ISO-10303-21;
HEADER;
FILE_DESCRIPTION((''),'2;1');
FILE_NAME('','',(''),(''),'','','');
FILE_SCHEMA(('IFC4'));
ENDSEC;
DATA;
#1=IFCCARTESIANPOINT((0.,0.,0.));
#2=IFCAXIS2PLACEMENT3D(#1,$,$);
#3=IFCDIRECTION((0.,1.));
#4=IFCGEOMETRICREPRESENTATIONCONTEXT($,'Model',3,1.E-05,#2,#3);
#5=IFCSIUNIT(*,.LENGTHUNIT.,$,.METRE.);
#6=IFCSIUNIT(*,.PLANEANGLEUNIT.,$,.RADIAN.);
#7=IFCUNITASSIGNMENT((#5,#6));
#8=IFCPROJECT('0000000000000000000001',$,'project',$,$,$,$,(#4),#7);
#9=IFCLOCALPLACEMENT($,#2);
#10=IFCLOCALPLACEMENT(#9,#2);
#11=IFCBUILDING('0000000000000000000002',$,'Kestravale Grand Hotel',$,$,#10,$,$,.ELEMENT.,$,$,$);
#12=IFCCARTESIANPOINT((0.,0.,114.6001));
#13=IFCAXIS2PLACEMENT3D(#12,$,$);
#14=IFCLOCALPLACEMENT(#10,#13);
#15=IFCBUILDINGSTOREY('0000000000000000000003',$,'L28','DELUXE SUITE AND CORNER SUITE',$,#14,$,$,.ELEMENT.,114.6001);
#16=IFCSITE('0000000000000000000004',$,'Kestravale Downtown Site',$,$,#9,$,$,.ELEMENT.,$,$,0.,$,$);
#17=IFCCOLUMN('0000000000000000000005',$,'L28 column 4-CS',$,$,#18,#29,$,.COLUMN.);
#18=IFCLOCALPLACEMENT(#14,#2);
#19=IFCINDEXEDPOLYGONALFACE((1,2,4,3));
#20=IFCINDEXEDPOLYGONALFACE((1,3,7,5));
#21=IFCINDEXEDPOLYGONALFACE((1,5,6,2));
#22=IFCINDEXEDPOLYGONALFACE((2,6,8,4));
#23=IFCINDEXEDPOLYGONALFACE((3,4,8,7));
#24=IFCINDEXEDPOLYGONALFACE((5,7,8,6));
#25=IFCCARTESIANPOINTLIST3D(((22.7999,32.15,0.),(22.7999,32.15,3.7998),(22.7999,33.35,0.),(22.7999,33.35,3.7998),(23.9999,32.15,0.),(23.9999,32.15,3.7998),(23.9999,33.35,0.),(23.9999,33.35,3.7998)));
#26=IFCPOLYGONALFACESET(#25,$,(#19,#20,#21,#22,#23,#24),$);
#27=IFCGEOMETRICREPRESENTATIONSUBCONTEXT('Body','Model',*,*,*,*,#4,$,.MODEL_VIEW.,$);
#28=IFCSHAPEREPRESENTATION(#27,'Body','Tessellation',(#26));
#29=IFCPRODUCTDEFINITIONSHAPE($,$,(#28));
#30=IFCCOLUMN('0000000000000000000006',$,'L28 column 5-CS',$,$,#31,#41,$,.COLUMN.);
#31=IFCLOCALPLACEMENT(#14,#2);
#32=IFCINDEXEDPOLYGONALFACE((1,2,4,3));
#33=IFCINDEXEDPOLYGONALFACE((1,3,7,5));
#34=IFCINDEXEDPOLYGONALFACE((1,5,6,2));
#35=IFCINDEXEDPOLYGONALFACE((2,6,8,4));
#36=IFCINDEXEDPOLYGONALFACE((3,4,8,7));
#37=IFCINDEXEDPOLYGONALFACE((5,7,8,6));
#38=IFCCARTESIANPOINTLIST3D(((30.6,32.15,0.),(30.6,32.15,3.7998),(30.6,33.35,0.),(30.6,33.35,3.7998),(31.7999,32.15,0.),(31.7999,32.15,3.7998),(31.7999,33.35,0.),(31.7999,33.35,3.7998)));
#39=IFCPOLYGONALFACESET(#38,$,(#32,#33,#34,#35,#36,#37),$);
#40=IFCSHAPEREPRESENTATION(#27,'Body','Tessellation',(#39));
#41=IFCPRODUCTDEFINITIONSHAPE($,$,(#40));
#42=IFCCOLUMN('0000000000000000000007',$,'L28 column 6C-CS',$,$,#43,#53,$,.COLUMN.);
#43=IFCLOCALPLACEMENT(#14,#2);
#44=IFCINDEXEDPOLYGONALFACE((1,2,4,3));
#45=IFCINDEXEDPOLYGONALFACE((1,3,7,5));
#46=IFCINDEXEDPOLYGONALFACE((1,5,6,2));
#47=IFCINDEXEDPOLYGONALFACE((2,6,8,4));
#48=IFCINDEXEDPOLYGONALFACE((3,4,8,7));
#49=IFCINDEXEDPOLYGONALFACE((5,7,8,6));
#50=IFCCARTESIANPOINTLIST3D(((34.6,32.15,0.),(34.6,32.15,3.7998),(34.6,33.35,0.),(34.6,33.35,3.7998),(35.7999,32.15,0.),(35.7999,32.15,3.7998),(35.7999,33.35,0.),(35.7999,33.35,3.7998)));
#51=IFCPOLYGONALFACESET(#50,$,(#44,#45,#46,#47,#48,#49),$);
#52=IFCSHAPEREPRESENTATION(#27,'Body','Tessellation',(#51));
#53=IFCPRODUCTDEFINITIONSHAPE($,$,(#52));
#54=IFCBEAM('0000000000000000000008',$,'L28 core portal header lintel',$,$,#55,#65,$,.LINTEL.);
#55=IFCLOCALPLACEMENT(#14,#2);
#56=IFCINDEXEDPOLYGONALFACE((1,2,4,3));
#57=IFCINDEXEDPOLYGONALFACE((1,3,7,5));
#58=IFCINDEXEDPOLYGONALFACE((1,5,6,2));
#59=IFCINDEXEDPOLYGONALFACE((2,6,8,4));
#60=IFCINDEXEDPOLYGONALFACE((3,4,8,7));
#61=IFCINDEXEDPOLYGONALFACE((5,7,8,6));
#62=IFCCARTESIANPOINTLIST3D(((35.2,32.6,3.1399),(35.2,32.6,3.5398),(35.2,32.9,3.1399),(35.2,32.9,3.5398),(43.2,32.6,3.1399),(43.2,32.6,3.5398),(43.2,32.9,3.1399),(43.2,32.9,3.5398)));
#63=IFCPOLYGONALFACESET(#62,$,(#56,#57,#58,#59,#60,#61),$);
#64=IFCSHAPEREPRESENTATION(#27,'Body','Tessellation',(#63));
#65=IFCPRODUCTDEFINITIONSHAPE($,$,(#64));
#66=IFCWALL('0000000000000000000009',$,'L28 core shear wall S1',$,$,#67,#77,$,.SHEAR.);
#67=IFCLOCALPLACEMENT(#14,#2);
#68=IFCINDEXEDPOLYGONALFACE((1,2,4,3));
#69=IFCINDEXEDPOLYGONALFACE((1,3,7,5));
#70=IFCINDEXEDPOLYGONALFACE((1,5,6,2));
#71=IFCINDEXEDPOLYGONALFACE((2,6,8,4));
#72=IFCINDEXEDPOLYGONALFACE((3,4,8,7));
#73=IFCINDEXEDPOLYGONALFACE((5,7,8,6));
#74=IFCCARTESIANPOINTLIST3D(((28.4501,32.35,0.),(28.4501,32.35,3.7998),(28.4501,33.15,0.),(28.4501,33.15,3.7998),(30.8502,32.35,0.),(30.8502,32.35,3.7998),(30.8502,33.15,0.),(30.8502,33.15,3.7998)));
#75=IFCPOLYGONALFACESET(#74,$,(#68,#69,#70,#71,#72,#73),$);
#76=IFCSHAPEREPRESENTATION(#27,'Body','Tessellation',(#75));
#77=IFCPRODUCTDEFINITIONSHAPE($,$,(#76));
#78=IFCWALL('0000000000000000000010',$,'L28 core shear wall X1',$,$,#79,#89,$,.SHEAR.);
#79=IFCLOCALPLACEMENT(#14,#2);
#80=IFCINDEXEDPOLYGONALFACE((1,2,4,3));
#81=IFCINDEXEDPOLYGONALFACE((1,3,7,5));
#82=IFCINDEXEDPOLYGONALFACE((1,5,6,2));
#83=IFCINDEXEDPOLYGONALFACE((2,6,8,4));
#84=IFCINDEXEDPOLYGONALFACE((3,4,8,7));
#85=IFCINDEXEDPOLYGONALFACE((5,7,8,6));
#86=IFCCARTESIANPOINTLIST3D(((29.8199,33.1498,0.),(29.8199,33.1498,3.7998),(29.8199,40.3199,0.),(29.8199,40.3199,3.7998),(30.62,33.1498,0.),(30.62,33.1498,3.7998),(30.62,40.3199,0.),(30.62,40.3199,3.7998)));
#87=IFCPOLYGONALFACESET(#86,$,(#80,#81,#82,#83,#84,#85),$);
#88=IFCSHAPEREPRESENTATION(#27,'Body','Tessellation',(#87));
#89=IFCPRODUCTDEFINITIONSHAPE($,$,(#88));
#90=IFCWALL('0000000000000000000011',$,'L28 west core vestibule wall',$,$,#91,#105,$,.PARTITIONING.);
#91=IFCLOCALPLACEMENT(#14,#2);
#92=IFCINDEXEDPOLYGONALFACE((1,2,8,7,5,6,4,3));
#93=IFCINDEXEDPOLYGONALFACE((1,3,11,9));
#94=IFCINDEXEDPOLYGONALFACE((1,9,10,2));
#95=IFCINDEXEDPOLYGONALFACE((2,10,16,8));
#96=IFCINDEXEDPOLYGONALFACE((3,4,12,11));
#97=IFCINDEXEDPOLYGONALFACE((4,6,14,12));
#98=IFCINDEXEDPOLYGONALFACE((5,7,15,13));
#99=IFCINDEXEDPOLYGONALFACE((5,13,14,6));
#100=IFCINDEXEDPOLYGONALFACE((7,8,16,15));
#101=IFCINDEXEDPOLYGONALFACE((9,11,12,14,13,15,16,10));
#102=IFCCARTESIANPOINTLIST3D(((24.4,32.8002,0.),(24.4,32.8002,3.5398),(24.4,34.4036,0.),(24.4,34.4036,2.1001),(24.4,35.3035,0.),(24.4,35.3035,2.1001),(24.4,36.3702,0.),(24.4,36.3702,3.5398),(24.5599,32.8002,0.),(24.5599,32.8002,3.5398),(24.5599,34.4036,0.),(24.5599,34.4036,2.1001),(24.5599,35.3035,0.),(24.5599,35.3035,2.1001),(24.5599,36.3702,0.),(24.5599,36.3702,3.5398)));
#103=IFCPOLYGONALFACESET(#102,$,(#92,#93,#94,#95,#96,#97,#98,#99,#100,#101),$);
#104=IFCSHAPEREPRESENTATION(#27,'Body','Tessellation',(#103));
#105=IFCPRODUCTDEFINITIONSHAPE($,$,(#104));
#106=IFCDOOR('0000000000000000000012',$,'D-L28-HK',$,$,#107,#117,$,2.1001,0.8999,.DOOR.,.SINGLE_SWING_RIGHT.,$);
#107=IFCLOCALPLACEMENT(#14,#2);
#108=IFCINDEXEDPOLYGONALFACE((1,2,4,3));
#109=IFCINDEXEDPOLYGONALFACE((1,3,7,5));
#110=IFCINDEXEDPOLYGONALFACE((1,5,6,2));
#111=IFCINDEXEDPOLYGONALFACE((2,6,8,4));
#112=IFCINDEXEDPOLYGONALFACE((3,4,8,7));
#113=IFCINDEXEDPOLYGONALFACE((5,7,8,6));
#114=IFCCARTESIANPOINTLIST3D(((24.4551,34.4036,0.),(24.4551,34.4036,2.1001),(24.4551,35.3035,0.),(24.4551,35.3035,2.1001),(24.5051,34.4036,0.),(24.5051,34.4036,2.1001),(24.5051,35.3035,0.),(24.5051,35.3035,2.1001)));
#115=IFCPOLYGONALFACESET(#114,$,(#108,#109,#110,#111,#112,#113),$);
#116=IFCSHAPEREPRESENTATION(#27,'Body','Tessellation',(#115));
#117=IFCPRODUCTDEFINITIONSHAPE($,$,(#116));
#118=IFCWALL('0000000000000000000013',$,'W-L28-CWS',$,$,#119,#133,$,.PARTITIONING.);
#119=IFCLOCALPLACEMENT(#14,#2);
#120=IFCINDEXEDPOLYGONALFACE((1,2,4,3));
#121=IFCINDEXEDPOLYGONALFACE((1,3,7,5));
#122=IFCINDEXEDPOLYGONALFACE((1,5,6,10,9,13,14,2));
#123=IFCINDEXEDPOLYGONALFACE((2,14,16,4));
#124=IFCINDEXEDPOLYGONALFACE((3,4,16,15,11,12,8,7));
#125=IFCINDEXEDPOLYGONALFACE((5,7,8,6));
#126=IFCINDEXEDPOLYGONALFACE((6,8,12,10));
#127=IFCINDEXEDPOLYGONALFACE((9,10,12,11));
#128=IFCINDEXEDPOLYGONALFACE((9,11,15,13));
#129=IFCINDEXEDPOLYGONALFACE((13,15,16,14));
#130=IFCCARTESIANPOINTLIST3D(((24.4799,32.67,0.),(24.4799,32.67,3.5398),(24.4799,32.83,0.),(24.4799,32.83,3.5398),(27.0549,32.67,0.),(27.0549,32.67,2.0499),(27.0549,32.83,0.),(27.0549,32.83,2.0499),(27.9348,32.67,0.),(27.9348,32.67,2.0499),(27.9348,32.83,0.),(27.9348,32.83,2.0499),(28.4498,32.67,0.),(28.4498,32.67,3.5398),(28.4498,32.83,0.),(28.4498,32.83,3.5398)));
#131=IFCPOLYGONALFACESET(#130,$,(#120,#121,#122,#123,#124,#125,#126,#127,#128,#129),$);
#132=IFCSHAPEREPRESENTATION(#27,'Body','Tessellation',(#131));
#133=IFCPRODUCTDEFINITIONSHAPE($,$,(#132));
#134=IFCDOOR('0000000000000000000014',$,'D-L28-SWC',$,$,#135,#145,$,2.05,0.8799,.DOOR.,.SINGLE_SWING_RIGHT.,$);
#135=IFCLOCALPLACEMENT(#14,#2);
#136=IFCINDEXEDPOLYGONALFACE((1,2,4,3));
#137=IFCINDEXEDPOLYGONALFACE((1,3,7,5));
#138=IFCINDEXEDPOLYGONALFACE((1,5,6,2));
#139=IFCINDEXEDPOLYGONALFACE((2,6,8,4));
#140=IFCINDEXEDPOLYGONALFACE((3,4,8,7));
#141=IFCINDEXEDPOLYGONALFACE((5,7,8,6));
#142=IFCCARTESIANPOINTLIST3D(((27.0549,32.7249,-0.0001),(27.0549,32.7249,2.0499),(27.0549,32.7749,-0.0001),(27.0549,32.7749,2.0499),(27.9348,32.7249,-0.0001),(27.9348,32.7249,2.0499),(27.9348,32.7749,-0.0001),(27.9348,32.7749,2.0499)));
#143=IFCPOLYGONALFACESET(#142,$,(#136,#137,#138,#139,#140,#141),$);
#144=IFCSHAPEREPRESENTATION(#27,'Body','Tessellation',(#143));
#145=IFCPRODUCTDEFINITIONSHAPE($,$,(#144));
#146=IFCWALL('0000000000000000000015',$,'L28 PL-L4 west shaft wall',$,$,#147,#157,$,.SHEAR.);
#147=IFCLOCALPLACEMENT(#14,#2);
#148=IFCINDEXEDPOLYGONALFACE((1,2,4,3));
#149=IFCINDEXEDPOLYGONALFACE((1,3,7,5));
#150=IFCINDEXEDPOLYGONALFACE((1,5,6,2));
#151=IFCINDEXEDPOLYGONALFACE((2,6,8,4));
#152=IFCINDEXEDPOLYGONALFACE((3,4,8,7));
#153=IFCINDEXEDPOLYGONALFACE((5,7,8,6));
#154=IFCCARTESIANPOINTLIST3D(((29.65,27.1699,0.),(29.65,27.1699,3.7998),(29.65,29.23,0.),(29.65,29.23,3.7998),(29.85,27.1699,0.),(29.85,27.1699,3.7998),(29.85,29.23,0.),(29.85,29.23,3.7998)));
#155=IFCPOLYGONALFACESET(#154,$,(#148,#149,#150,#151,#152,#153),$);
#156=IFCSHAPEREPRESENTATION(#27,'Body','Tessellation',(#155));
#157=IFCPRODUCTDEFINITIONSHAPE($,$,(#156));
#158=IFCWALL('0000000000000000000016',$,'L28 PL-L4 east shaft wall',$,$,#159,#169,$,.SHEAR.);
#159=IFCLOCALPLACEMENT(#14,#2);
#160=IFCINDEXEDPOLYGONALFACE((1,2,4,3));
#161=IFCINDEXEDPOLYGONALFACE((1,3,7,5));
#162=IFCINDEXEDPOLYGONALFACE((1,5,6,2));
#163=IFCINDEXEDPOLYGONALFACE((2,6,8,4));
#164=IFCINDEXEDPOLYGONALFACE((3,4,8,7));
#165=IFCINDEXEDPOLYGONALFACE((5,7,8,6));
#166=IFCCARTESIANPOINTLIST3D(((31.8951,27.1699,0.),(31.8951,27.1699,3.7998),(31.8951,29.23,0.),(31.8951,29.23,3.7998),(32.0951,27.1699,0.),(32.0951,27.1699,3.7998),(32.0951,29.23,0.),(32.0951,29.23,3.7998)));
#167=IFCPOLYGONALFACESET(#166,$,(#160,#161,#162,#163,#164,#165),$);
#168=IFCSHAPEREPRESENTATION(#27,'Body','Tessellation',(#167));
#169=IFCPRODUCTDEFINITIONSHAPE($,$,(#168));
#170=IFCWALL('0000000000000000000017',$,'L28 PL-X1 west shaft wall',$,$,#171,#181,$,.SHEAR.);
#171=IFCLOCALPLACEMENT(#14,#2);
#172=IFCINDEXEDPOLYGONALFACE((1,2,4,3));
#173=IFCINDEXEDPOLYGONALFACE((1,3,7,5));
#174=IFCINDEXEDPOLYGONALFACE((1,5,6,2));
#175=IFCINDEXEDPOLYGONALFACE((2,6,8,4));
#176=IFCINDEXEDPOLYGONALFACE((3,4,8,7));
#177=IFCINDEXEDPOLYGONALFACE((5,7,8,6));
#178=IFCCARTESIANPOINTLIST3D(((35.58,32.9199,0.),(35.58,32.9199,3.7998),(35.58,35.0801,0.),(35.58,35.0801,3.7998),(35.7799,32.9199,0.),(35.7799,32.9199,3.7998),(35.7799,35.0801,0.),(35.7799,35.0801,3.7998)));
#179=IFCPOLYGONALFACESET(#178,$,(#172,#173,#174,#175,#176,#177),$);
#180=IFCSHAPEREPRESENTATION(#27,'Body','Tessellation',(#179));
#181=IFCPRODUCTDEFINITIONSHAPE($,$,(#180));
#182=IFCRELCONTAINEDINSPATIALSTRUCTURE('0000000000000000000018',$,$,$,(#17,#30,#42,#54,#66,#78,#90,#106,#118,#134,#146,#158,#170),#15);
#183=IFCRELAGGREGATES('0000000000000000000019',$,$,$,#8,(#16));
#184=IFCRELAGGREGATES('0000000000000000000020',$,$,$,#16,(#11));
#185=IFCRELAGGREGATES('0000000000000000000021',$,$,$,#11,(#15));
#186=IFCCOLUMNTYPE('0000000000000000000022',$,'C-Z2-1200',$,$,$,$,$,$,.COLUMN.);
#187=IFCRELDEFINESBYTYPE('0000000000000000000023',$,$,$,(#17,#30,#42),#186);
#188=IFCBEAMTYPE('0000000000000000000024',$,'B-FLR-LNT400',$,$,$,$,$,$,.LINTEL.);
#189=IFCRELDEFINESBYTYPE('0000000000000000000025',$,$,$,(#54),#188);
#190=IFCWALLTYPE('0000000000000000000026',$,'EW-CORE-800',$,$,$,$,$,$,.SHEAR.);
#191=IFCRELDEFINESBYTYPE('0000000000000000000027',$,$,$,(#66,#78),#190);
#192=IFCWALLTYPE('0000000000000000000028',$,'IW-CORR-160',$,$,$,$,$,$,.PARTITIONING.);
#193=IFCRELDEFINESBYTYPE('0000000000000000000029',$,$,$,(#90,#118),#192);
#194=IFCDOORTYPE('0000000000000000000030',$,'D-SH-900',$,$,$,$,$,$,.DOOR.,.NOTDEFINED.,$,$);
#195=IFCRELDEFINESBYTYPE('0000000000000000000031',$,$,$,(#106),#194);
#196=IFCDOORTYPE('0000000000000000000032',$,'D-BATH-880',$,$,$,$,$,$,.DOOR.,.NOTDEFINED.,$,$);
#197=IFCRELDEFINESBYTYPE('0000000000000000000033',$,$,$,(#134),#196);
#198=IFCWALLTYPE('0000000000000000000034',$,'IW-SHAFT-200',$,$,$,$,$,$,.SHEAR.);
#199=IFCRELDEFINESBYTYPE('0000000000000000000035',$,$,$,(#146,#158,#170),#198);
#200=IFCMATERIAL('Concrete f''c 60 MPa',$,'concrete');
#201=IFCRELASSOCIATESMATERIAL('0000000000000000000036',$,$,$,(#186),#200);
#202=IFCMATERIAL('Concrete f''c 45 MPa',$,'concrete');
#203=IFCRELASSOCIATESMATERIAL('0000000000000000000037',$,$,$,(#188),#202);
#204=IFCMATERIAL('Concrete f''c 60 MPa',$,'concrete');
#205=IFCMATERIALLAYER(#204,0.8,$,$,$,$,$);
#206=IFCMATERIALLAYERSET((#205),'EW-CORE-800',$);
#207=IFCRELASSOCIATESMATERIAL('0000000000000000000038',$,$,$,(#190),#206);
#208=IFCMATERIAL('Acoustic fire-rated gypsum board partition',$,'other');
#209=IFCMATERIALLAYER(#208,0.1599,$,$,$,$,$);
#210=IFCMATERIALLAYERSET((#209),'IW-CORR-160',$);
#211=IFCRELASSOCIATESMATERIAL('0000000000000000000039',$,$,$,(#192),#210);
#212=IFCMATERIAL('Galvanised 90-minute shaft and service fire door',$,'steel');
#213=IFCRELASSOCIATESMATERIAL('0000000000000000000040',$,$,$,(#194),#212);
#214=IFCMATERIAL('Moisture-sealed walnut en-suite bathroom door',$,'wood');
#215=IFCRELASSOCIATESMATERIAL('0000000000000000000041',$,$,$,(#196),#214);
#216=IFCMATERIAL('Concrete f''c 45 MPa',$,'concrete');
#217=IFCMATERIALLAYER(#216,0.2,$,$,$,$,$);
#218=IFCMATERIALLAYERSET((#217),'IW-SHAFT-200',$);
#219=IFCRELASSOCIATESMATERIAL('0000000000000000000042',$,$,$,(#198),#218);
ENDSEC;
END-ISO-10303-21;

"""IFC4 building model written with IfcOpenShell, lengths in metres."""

from ifc_helpers import new_model, si_unit, direction, frame, frame_2d, origin, origin_2d, place, context, subcontext, project, spatial, rectangle, extrude, material, layer, layer_set, material_profile, profile_set, type_object, element, fill, save


model = new_model("IFC4")

# Units and contexts
model_context = context("Model", 3, precision=1e-05, world=origin(), true_north=direction((0.0, 1.0)))
body_context = subcontext(model_context, "Body", "Model", "MODEL_VIEW")
ifc_project = project(units=[si_unit("LENGTHUNIT", "METRE"), si_unit("PLANEANGLEUNIT", "RADIAN")], contexts=[model_context])

# Site, building, storey
site_placement = place(None, origin())
site = spatial("IfcSite", under=ifc_project, at=site_placement, Name="Kestravale Downtown Site", CompositionType="ELEMENT", RefElevation=0.0)
building_placement = place(site_placement, origin())
building = spatial("IfcBuilding", under=site, at=building_placement, Name="Kestravale Grand Hotel", CompositionType="ELEMENT")
storey_placement = place(building_placement, frame((0.0, 0.0, 114.6001)))
storey = spatial("IfcBuildingStorey", under=building, at=storey_placement, Name="L28", Description="DELUXE SUITE AND CORNER SUITE", CompositionType="ELEMENT", Elevation=114.6001)

# Columns
ifc_material_1 = material(Name="Concrete f'c 60 MPa", Category="concrete")
ifc_material_profile_1 = material_profile(ifc_material_1, rectangle(XDim=1.2, YDim=1.2, at=origin_2d()))
ifc_profile_set_1 = profile_set([ifc_material_profile_1], Name="Concrete f'c 60 MPa")
column_type = type_object("IfcColumnType", Name="C-Z2-1200", PredefinedType="COLUMN", material=ifc_profile_set_1)
for number, where, z_axis, x_axis, name in (
    (1, (23.3999, 32.75, 0.0), (0.0, 0.0, 1.0), (1.0, 0.0, 0.0), "L28 column 4-CS"),
    (2, (31.2, 32.75, 0.0), (0.0, 0.0, 1.0), (1.0, 0.0, 0.0), "L28 column 5-CS"),
    (3, (35.2, 32.75, 0.0), (0.0, 0.0, 1.0), (1.0, 0.0, 0.0), "L28 column 6C-CS"),
):
    element("IfcColumn", number, at=place(storey_placement, frame(where, z_axis=z_axis, x_axis=x_axis)), inside=storey, type_object=column_type, Name=name, PredefinedType="COLUMN", context=body_context, shape_type="SweptSolid", body=[
        extrude(rectangle(XDim=1.2, YDim=1.2, at=origin_2d()), origin(), (0.0, 0.0, 1.0), 3.7998),
    ])

# Beam
ifc_material_2 = material(Name="Concrete f'c 45 MPa", Category="concrete")
ifc_material_profile_2 = material_profile(ifc_material_2, rectangle(XDim=0.3, YDim=0.3999, at=origin_2d()))
ifc_profile_set_2 = profile_set([ifc_material_profile_2], Name="Concrete f'c 45 MPa")
beam_type = type_object("IfcBeamType", Name="B-FLR-LNT400", PredefinedType="LINTEL", material=ifc_profile_set_2)
beam_placement = place(storey_placement, frame((35.2, 32.75, 3.3398), z_axis=(1.0, 0.0, 0.0), x_axis=(0.0, 1.0, 0.0)))
element("IfcBeam", 4, at=beam_placement, inside=storey, type_object=beam_type, Name="L28 core portal header lintel", PredefinedType="LINTEL", context=body_context, shape_type="SweptSolid", body=[
    extrude(rectangle(XDim=0.3, YDim=0.3999, at=origin_2d()), origin(), (0.0, 0.0, 1.0), 8.0),
])

# Walls
ifc_material_3 = material(Name="Concrete f'c 60 MPa", Category="concrete")
ifc_layer_1 = layer(ifc_material_3, 0.8)
ifc_layer_set_1 = layer_set([ifc_layer_1], Name="EW-CORE-800")
wall_type_1 = type_object("IfcWallType", Name="EW-CORE-800", PredefinedType="SHEAR", material=ifc_layer_set_1)
wall_1_placement = place(storey_placement, frame((28.45, 32.75, 0.0), z_axis=(0.0, 0.0, 1.0), x_axis=(1.0, 0.0, 0.0)))
element("IfcWall", 5, at=wall_1_placement, inside=storey, type_object=wall_type_1, Name="L28 core shear wall S1", PredefinedType="SHEAR", context=body_context, shape_type="SweptSolid", body=[
    extrude(rectangle(XDim=2.4001, YDim=0.8, at=frame_2d((1.2002, 0.0))), origin(), (0.0, 0.0, 1.0), 3.7998),
])
wall_2_placement = place(storey_placement, frame((30.22, 33.1499, 0.0), z_axis=(0.0, 0.0, 1.0), x_axis=(0.0, 1.0, 0.0)))
element("IfcWall", 6, at=wall_2_placement, inside=storey, type_object=wall_type_1, Name="L28 core shear wall X1", PredefinedType="SHEAR", context=body_context, shape_type="SweptSolid", body=[
    extrude(rectangle(XDim=7.1702, YDim=0.8, at=frame_2d((3.585, 0.0))), origin(), (0.0, 0.0, 1.0), 3.7998),
])

# Walls, openings, doors
ifc_material_4 = material(Name="Acoustic fire-rated gypsum board partition", Category="other")
ifc_layer_2 = layer(ifc_material_4, 0.1599)
ifc_layer_set_2 = layer_set([ifc_layer_2], Name="IW-CORR-160")
wall_type_2 = type_object("IfcWallType", Name="IW-CORR-160", PredefinedType="PARTITIONING", material=ifc_layer_set_2)
wall_3_placement = place(storey_placement, frame((24.48, 32.8, 0.0), z_axis=(0.0, 0.0, 1.0), x_axis=(0.0, 1.0, 0.0)))
wall_3 = element("IfcWall", 7, at=wall_3_placement, inside=storey, type_object=wall_type_2, Name="L28 west core vestibule wall", PredefinedType="PARTITIONING", context=body_context, shape_type="SweptSolid", body=[
    extrude(rectangle(XDim=3.5701, YDim=0.1599, at=frame_2d((1.7852, 0.0))), origin(), (0.0, 0.0, 1.0), 3.5398),
])
opening_1_placement = place(wall_3_placement, frame((1.6035, 0.0, 0.0)))
opening_1 = element("IfcOpeningElement", 8, at=opening_1_placement, cuts=wall_3, PredefinedType="OPENING", context=body_context, shape_type="SweptSolid", body=[
    extrude(rectangle(XDim=0.8999, YDim=2.1001, at=frame_2d((0.45, 1.05))), frame((0.0, 0.0898, 0.0), z_axis=(0.0, -1.0, 0.0), x_axis=(1.0, 0.0, 0.0)), (0.0, 0.0, 1.0), 0.1799),
])
ifc_material_5 = material(Name="Galvanised 90-minute shaft and service fire door", Category="steel")
door_type_1 = type_object("IfcDoorType", Name="D-SH-900", OperationType="NOTDEFINED", PredefinedType="DOOR", material=ifc_material_5)
door_1_placement = place(opening_1_placement, origin())
door_1 = element("IfcDoor", 9, at=door_1_placement, inside=storey, type_object=door_type_1, Name="D-L28-HK", OperationType="SINGLE_SWING_RIGHT", OverallHeight=2.1001, OverallWidth=0.8999, PredefinedType="DOOR", context=body_context, shape_type="SweptSolid", body=[
    extrude(rectangle(XDim=0.8999, YDim=2.1001, at=frame_2d((0.45, 1.05))), frame((0.0, 0.0249, 0.0), z_axis=(0.0, -1.0, 0.0), x_axis=(1.0, 0.0, 0.0)), (0.0, 0.0, 1.0), 0.05),
])
fill(opening_1, door_1)
wall_4_placement = place(storey_placement, frame((24.48, 32.75, 0.0), z_axis=(0.0, 0.0, 1.0), x_axis=(1.0, 0.0, 0.0)))
wall_4 = element("IfcWall", 10, at=wall_4_placement, inside=storey, type_object=wall_type_2, Name="W-L28-CWS", PredefinedType="PARTITIONING", context=body_context, shape_type="SweptSolid", body=[
    extrude(rectangle(XDim=3.97, YDim=0.1599, at=frame_2d((1.9849, 0.0))), origin(), (0.0, 0.0, 1.0), 3.5398),
])
opening_2_placement = place(wall_4_placement, frame((2.575, 0.0, 0.0)))
opening_2 = element("IfcOpeningElement", 11, at=opening_2_placement, cuts=wall_4, PredefinedType="OPENING", context=body_context, shape_type="SweptSolid", body=[
    extrude(rectangle(XDim=0.8799, YDim=2.05, at=frame_2d((0.4399, 1.0249))), frame((0.0, 0.0898, 0.0), z_axis=(0.0, -1.0, 0.0), x_axis=(1.0, 0.0, 0.0)), (0.0, 0.0, 1.0), 0.1799),
])
ifc_material_6 = material(Name="Moisture-sealed walnut en-suite bathroom door", Category="wood")
door_type_2 = type_object("IfcDoorType", Name="D-BATH-880", OperationType="NOTDEFINED", PredefinedType="DOOR", material=ifc_material_6)
door_2_placement = place(opening_2_placement, origin())
door_2 = element("IfcDoor", 12, at=door_2_placement, inside=storey, type_object=door_type_2, Name="D-L28-SWC", OperationType="SINGLE_SWING_RIGHT", OverallHeight=2.05, OverallWidth=0.8799, PredefinedType="DOOR", context=body_context, shape_type="SweptSolid", body=[
    extrude(rectangle(XDim=0.8799, YDim=2.05, at=frame_2d((0.4399, 1.0249))), frame((0.0, 0.0249, 0.0), z_axis=(0.0, -1.0, 0.0), x_axis=(1.0, 0.0, 0.0)), (0.0, 0.0, 1.0), 0.05),
])
fill(opening_2, door_2)

# Walls
ifc_material_7 = material(Name="Concrete f'c 45 MPa", Category="concrete")
ifc_layer_3 = layer(ifc_material_7, 0.2)
ifc_layer_set_3 = layer_set([ifc_layer_3], Name="IW-SHAFT-200")
wall_type_3 = type_object("IfcWallType", Name="IW-SHAFT-200", PredefinedType="SHEAR", material=ifc_layer_set_3)
for number, where, z_axis, x_axis, name in (
    (13, (29.75, 27.1699, 0.0), (0.0, 0.0, 1.0), (0.0, 1.0, 0.0), "L28 PL-L4 west shaft wall"),
    (14, (31.9951, 27.1699, 0.0), (0.0, 0.0, 1.0), (0.0, 1.0, 0.0), "L28 PL-L4 east shaft wall"),
):
    element("IfcWall", number, at=place(storey_placement, frame(where, z_axis=z_axis, x_axis=x_axis)), inside=storey, type_object=wall_type_3, Name=name, PredefinedType="SHEAR", context=body_context, shape_type="SweptSolid", body=[
        extrude(rectangle(XDim=2.0601, YDim=0.2, at=frame_2d((1.03, 0.0))), origin(), (0.0, 0.0, 1.0), 3.7998),
    ])
wall_5_placement = place(storey_placement, frame((35.6799, 32.9199, 0.0), z_axis=(0.0, 0.0, 1.0), x_axis=(0.0, 1.0, 0.0)))
element("IfcWall", 15, at=wall_5_placement, inside=storey, type_object=wall_type_3, Name="L28 PL-X1 west shaft wall", PredefinedType="SHEAR", context=body_context, shape_type="SweptSolid", body=[
    extrude(rectangle(XDim=2.1602, YDim=0.2, at=frame_2d((1.0801, 0.0))), origin(), (0.0, 0.0, 1.0), 3.7998),
])

save(model, "model.ifc")
